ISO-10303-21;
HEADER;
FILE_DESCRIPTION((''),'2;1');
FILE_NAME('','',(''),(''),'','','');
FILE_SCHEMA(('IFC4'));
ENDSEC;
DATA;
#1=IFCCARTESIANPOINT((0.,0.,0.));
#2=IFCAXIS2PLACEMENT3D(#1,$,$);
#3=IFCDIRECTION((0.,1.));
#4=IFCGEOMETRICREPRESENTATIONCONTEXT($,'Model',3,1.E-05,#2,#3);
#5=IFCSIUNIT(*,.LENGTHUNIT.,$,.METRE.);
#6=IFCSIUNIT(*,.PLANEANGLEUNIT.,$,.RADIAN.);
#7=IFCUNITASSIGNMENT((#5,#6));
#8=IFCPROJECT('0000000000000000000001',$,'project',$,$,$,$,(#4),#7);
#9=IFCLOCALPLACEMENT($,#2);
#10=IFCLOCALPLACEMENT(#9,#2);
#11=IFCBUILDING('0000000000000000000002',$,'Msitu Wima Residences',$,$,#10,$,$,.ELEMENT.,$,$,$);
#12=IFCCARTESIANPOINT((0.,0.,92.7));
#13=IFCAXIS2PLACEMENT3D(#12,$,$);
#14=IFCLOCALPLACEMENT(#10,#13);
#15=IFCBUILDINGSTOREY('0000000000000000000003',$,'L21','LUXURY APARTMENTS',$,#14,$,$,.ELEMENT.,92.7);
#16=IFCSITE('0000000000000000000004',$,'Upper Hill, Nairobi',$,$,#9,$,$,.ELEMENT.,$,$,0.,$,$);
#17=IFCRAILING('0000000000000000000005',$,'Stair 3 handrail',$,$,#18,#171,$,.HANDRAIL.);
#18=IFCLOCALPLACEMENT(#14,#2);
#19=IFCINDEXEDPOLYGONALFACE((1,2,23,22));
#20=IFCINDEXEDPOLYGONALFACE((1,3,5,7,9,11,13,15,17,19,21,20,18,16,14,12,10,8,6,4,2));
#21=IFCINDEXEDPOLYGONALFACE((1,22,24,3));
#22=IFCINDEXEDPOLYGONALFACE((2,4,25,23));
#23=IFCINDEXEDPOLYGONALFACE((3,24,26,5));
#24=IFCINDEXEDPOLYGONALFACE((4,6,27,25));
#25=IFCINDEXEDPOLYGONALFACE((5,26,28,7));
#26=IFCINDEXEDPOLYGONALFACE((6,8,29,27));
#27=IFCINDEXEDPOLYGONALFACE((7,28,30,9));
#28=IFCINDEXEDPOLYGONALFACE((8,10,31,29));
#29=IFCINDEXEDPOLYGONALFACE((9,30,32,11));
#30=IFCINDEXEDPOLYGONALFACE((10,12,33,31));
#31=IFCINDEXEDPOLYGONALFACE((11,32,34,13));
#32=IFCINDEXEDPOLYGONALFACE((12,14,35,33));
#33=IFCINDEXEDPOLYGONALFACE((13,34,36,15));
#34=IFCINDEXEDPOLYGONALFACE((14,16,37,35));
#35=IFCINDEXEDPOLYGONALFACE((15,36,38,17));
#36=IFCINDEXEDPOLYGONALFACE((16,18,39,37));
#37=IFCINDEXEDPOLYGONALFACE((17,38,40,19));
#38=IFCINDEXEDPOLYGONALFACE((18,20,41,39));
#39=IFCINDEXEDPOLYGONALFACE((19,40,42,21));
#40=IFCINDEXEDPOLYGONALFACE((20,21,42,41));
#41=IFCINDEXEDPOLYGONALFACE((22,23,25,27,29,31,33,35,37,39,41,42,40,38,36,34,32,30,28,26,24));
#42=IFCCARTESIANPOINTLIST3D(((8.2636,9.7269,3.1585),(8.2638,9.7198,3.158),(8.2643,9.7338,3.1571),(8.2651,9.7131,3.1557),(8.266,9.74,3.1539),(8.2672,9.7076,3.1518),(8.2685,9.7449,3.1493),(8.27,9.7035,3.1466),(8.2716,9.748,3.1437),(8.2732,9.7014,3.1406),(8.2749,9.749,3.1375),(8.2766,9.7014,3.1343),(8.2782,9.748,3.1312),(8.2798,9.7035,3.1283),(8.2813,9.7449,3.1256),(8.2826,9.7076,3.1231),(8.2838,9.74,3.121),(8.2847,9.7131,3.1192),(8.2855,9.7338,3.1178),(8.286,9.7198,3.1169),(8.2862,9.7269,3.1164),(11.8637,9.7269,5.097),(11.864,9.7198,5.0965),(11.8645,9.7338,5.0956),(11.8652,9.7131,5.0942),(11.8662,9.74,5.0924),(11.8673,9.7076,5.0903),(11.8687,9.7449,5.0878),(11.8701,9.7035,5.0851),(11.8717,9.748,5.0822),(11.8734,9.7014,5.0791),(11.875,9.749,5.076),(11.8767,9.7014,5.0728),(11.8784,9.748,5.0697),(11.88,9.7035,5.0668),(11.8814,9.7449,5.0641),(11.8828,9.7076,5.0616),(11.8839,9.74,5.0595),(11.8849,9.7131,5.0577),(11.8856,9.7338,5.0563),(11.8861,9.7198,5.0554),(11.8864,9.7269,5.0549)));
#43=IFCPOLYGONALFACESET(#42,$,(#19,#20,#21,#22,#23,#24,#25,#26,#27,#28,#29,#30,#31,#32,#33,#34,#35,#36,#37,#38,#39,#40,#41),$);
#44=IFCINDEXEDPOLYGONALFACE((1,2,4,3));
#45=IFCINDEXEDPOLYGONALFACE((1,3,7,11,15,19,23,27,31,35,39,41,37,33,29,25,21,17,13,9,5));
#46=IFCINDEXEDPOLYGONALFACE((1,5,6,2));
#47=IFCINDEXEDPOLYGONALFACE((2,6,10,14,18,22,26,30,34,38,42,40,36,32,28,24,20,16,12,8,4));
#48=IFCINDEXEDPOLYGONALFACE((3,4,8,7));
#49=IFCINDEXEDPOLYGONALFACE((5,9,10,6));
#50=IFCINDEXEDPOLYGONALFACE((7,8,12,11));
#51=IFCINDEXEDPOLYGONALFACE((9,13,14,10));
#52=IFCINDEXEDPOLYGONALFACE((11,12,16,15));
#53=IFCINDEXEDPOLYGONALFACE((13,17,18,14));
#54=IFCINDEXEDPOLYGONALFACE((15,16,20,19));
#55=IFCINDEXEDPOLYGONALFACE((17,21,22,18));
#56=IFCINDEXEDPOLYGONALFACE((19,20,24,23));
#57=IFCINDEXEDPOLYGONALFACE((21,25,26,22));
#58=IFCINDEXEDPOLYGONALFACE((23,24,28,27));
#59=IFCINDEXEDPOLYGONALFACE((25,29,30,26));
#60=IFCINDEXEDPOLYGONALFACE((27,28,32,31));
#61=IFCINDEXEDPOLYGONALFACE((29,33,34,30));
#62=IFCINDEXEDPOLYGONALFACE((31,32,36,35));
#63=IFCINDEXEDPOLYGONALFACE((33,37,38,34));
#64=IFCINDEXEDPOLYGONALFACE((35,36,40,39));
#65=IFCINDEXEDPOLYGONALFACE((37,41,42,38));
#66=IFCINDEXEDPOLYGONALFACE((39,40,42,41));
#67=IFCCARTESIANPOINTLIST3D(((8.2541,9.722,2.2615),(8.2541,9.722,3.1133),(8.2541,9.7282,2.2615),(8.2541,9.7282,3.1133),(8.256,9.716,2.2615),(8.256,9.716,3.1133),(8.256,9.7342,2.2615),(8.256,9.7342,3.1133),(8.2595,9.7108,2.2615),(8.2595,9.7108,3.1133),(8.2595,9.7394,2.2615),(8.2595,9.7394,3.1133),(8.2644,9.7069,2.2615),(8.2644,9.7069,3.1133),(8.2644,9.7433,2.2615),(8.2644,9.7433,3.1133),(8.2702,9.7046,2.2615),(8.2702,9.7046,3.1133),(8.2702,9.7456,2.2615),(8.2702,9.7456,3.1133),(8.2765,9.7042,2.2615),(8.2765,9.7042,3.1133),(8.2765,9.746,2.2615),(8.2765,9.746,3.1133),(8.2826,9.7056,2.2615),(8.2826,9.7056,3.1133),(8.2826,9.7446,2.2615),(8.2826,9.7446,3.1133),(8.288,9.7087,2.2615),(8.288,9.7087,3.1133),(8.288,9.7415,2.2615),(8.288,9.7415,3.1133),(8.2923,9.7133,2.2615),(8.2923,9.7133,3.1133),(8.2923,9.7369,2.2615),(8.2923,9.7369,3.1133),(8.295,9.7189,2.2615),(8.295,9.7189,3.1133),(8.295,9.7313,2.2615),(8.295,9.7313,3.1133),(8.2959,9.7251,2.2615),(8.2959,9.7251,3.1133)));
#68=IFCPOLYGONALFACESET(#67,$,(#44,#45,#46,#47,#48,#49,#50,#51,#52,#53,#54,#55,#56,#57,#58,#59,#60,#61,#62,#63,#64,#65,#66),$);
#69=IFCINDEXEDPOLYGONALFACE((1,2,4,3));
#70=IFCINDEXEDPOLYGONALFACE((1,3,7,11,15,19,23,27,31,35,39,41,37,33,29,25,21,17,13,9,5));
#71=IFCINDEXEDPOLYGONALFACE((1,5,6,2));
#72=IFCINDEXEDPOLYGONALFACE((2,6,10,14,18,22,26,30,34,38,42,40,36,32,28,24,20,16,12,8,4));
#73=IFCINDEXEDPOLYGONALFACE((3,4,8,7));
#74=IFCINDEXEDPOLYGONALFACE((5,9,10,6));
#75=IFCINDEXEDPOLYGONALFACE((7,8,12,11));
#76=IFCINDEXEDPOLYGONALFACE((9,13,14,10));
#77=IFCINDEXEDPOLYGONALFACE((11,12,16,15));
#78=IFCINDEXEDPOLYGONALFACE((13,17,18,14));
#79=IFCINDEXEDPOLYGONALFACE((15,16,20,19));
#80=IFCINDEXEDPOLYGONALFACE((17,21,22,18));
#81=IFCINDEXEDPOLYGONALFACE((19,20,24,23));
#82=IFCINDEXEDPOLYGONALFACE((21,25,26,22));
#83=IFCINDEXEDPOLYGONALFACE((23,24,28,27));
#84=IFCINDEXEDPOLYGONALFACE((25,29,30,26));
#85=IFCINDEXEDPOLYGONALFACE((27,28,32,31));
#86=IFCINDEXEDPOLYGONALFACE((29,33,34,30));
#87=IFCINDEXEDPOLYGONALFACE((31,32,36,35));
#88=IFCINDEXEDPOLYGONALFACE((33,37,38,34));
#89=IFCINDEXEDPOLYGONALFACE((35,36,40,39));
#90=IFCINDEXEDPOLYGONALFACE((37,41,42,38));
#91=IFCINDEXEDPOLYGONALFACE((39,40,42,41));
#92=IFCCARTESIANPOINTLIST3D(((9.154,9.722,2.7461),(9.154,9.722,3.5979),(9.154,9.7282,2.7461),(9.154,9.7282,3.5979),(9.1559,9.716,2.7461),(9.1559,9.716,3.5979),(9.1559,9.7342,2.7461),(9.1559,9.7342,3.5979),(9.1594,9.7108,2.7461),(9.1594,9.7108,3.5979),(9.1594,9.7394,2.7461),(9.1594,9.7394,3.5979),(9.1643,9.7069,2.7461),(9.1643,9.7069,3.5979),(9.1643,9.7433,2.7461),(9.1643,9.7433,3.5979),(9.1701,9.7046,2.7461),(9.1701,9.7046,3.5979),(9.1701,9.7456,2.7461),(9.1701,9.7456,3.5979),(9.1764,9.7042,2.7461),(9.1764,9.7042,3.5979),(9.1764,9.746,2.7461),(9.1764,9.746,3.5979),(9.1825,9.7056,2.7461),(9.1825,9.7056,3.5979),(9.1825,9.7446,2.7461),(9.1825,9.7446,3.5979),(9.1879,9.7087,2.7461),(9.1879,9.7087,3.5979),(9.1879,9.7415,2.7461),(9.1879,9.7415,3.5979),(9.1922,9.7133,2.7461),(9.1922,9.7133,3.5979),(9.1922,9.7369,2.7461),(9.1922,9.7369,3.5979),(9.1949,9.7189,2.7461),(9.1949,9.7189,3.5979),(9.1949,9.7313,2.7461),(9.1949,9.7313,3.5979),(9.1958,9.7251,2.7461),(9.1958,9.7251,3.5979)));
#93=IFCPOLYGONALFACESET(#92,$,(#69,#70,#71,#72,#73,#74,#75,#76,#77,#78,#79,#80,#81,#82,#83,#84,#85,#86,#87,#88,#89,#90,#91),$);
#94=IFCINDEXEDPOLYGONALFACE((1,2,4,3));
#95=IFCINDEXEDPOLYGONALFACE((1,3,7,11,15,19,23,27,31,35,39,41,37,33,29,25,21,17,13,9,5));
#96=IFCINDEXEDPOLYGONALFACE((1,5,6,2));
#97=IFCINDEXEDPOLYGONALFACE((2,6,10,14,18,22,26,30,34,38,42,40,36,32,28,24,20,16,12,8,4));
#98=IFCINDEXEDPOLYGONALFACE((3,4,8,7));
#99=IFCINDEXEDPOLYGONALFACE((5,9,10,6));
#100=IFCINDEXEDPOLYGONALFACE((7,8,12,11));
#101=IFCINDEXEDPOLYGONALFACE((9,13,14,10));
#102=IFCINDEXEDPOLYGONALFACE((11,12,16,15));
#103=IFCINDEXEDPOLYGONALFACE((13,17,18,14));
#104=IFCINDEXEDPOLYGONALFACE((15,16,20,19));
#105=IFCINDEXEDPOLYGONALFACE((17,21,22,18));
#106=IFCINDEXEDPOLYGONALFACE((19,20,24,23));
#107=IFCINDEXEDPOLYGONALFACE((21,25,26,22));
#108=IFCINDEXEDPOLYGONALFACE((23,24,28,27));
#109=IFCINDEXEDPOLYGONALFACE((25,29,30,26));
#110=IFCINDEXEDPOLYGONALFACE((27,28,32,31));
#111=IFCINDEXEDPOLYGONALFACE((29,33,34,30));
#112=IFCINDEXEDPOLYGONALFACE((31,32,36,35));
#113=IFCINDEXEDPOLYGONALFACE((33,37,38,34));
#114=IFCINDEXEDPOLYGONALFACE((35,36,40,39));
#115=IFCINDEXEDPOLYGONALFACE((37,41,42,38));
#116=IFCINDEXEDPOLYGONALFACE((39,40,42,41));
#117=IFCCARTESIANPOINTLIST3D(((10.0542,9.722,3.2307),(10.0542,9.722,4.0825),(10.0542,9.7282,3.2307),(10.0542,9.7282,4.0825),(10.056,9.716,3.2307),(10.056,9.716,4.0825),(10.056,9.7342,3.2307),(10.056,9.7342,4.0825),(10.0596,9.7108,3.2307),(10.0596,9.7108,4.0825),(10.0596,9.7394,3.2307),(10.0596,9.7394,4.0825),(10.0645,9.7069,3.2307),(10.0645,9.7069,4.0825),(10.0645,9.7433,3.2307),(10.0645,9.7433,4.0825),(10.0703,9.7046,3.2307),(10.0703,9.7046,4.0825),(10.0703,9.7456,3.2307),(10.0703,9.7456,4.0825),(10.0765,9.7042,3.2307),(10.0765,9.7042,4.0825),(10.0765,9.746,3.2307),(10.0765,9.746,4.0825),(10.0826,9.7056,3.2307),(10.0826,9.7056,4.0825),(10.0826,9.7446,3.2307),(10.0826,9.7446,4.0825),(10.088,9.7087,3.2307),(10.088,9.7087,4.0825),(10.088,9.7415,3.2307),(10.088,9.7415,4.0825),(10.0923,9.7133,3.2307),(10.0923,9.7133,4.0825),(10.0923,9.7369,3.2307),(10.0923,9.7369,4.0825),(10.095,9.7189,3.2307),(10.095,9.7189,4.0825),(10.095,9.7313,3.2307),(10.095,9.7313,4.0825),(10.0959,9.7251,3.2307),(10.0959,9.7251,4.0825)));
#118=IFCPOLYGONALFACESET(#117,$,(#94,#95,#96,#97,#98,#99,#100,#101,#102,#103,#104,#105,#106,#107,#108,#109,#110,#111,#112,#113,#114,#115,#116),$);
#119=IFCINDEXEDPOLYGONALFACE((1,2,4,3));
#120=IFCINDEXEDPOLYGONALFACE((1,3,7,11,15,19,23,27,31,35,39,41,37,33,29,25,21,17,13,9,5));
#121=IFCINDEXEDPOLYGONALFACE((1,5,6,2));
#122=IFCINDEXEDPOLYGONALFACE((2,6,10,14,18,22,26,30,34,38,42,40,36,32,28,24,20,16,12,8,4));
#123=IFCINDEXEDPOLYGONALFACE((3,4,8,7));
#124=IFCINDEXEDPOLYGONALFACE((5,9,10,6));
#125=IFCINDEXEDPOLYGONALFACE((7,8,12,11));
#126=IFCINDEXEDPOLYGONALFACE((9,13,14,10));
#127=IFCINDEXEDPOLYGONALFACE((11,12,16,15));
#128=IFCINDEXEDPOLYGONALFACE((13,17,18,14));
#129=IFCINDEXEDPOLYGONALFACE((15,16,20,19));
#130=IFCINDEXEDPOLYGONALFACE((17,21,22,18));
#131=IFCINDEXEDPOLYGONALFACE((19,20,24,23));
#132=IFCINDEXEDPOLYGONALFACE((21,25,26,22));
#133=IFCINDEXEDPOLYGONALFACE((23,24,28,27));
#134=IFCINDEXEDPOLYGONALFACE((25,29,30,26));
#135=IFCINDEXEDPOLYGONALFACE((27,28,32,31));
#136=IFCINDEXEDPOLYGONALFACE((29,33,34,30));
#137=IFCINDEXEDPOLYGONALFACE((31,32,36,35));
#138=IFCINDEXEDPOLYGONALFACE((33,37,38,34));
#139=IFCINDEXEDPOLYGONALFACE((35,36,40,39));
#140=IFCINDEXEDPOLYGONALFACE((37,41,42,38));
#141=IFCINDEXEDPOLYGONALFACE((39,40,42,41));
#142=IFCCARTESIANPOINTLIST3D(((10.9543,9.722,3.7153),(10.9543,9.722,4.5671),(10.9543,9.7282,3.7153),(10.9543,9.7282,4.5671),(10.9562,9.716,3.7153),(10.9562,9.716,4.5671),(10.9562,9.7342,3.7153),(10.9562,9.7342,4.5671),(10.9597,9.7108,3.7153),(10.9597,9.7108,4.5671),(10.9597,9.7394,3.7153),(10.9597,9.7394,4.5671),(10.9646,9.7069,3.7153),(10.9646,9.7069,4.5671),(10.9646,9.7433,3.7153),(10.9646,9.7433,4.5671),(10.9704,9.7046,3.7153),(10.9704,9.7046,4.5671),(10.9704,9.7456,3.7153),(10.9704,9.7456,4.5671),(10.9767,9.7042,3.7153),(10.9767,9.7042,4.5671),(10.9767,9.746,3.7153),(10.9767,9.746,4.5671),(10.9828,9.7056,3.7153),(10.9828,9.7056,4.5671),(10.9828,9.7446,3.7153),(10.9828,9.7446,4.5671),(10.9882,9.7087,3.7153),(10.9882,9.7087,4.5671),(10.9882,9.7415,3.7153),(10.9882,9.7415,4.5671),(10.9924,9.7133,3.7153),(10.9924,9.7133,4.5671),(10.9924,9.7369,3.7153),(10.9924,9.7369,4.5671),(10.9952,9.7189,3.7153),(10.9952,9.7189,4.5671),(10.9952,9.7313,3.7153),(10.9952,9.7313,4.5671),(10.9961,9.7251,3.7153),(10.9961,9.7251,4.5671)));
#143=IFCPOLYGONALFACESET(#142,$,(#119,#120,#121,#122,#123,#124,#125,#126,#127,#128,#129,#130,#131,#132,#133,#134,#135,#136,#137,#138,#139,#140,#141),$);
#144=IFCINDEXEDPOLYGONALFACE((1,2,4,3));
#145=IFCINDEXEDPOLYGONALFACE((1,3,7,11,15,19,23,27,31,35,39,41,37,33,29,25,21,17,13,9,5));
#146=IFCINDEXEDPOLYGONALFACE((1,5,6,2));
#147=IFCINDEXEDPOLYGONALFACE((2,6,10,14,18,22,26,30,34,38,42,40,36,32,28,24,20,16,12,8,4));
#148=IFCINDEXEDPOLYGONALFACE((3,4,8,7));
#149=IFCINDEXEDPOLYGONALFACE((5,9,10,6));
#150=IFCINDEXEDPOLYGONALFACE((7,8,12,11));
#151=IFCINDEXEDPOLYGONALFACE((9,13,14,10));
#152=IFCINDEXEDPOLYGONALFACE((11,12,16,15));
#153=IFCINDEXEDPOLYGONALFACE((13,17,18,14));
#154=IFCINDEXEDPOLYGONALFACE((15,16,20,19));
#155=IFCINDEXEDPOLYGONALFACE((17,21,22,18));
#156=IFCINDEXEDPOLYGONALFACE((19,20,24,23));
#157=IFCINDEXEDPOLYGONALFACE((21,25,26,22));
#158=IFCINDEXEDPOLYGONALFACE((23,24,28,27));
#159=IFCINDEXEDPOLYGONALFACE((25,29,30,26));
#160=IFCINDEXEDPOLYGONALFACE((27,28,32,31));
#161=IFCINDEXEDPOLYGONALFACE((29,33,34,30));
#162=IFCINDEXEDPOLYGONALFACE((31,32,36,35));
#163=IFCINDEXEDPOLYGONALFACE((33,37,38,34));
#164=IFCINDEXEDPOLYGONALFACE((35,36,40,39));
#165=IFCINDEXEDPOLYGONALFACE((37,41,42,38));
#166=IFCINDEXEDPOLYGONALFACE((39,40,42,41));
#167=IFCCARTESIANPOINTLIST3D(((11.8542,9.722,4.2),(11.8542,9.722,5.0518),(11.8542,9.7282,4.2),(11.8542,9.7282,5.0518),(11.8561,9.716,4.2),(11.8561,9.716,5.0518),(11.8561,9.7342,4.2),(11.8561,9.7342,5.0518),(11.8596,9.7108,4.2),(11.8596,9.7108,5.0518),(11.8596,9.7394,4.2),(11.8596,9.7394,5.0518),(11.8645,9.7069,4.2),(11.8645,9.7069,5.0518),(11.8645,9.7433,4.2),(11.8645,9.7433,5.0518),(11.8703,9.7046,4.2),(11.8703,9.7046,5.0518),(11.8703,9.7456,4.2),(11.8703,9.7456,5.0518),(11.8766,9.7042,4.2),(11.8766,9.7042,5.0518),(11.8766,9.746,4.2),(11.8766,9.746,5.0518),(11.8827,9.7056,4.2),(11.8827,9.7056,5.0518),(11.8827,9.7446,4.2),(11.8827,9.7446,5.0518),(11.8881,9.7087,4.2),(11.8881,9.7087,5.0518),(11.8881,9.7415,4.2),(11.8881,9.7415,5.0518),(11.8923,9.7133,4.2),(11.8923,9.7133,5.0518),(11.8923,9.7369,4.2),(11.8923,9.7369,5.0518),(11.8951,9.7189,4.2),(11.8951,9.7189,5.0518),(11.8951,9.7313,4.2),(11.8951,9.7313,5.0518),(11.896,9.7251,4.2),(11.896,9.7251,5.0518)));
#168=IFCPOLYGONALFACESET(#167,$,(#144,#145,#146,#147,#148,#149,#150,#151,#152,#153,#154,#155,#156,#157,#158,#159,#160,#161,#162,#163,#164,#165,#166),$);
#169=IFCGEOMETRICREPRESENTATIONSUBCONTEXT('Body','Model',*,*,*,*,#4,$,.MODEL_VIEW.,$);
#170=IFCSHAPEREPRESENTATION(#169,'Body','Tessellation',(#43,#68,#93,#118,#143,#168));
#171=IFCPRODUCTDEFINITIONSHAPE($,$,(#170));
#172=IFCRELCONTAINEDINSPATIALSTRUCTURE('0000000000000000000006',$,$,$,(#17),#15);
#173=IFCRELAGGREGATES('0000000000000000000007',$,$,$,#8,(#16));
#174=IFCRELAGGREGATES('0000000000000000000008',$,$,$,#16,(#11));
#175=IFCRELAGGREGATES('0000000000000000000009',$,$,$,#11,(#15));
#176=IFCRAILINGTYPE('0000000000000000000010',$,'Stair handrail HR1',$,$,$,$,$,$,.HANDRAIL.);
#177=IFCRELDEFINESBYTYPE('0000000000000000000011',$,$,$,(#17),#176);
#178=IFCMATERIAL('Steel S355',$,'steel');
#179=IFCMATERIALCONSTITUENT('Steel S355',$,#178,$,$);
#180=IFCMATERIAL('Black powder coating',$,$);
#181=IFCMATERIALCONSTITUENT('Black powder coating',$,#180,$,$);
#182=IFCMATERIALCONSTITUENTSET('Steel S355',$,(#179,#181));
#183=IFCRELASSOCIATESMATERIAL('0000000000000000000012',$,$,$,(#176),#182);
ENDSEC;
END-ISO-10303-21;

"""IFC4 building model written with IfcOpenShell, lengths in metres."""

from ifc_helpers import new_model, si_unit, direction, frame, origin, origin_2d, place, context, subcontext, project, spatial, circle, extrude, material, constituent, constituent_set, type_object, element, save


model = new_model("IFC4")

# Units and contexts
model_context = context("Model", 3, precision=1e-05, world=origin(), true_north=direction((0.0, 1.0)))
body_context = subcontext(model_context, "Body", "Model", "MODEL_VIEW")
ifc_project = project(units=[si_unit("LENGTHUNIT", "METRE"), si_unit("PLANEANGLEUNIT", "RADIAN")], contexts=[model_context])

# Site, building, storey
site_placement = place(None, origin())
site = spatial("IfcSite", under=ifc_project, at=site_placement, Name="Upper Hill, Nairobi", CompositionType="ELEMENT", RefElevation=0.0)
building_placement = place(site_placement, origin())
building = spatial("IfcBuilding", under=site, at=building_placement, Name="Msitu Wima Residences", CompositionType="ELEMENT")
storey_placement = place(building_placement, frame((0.0, 0.0, 92.7)))
storey = spatial("IfcBuildingStorey", under=building, at=storey_placement, Name="L21", Description="LUXURY APARTMENTS", CompositionType="ELEMENT", Elevation=92.7)

# Railing
ifc_material_1 = material(Name="Steel S355", Category="steel")
ifc_constituent_1 = constituent(ifc_material_1, Name="Steel S355")
ifc_material_2 = material(Name="Black powder coating")
ifc_constituent_2 = constituent(ifc_material_2, Name="Black powder coating")
ifc_constituent_set = constituent_set(constituents=[ifc_constituent_1, ifc_constituent_2], Name="Steel S355")
railing_type = type_object("IfcRailingType", Name="Stair handrail HR1", PredefinedType="HANDRAIL", material=ifc_constituent_set)
for number, where, name in (
    (1, (8.2749, 9.7251, 2.2615), "Stair 3 handrail"),
):
    element("IfcRailing", number, at=place(storey_placement, frame(where)), inside=storey, type_object=railing_type, Name=name, PredefinedType="HANDRAIL", context=body_context, shape_type="SweptSolid", body=[
        extrude(circle(Radius=0.0239, at=origin_2d()), frame((0.0, 0.0, 0.876), z_axis=(0.880475, 0.0, 0.474093), x_axis=(0.0, 1.0, 0.0)), (0.0, 0.0, 1.0), 4.0889),
        extrude(circle(Radius=0.021, at=origin_2d()), origin(), (0.0, 0.0, 1.0), 0.8518),
        extrude(circle(Radius=0.021, at=origin_2d()), frame((0.8999, 0.0, 0.4846)), (0.0, 0.0, 1.0), 0.8518),
        extrude(circle(Radius=0.021, at=origin_2d()), frame((1.8, 0.0, 0.9692)), (0.0, 0.0, 1.0), 0.8518),
        extrude(circle(Radius=0.021, at=origin_2d()), frame((2.7002, 0.0, 1.4539)), (0.0, 0.0, 1.0), 0.8518),
        extrude(circle(Radius=0.021, at=origin_2d()), frame((3.6001, 0.0, 1.9385)), (0.0, 0.0, 1.0), 0.8518),
    ])

save(model, "model.ifc")
